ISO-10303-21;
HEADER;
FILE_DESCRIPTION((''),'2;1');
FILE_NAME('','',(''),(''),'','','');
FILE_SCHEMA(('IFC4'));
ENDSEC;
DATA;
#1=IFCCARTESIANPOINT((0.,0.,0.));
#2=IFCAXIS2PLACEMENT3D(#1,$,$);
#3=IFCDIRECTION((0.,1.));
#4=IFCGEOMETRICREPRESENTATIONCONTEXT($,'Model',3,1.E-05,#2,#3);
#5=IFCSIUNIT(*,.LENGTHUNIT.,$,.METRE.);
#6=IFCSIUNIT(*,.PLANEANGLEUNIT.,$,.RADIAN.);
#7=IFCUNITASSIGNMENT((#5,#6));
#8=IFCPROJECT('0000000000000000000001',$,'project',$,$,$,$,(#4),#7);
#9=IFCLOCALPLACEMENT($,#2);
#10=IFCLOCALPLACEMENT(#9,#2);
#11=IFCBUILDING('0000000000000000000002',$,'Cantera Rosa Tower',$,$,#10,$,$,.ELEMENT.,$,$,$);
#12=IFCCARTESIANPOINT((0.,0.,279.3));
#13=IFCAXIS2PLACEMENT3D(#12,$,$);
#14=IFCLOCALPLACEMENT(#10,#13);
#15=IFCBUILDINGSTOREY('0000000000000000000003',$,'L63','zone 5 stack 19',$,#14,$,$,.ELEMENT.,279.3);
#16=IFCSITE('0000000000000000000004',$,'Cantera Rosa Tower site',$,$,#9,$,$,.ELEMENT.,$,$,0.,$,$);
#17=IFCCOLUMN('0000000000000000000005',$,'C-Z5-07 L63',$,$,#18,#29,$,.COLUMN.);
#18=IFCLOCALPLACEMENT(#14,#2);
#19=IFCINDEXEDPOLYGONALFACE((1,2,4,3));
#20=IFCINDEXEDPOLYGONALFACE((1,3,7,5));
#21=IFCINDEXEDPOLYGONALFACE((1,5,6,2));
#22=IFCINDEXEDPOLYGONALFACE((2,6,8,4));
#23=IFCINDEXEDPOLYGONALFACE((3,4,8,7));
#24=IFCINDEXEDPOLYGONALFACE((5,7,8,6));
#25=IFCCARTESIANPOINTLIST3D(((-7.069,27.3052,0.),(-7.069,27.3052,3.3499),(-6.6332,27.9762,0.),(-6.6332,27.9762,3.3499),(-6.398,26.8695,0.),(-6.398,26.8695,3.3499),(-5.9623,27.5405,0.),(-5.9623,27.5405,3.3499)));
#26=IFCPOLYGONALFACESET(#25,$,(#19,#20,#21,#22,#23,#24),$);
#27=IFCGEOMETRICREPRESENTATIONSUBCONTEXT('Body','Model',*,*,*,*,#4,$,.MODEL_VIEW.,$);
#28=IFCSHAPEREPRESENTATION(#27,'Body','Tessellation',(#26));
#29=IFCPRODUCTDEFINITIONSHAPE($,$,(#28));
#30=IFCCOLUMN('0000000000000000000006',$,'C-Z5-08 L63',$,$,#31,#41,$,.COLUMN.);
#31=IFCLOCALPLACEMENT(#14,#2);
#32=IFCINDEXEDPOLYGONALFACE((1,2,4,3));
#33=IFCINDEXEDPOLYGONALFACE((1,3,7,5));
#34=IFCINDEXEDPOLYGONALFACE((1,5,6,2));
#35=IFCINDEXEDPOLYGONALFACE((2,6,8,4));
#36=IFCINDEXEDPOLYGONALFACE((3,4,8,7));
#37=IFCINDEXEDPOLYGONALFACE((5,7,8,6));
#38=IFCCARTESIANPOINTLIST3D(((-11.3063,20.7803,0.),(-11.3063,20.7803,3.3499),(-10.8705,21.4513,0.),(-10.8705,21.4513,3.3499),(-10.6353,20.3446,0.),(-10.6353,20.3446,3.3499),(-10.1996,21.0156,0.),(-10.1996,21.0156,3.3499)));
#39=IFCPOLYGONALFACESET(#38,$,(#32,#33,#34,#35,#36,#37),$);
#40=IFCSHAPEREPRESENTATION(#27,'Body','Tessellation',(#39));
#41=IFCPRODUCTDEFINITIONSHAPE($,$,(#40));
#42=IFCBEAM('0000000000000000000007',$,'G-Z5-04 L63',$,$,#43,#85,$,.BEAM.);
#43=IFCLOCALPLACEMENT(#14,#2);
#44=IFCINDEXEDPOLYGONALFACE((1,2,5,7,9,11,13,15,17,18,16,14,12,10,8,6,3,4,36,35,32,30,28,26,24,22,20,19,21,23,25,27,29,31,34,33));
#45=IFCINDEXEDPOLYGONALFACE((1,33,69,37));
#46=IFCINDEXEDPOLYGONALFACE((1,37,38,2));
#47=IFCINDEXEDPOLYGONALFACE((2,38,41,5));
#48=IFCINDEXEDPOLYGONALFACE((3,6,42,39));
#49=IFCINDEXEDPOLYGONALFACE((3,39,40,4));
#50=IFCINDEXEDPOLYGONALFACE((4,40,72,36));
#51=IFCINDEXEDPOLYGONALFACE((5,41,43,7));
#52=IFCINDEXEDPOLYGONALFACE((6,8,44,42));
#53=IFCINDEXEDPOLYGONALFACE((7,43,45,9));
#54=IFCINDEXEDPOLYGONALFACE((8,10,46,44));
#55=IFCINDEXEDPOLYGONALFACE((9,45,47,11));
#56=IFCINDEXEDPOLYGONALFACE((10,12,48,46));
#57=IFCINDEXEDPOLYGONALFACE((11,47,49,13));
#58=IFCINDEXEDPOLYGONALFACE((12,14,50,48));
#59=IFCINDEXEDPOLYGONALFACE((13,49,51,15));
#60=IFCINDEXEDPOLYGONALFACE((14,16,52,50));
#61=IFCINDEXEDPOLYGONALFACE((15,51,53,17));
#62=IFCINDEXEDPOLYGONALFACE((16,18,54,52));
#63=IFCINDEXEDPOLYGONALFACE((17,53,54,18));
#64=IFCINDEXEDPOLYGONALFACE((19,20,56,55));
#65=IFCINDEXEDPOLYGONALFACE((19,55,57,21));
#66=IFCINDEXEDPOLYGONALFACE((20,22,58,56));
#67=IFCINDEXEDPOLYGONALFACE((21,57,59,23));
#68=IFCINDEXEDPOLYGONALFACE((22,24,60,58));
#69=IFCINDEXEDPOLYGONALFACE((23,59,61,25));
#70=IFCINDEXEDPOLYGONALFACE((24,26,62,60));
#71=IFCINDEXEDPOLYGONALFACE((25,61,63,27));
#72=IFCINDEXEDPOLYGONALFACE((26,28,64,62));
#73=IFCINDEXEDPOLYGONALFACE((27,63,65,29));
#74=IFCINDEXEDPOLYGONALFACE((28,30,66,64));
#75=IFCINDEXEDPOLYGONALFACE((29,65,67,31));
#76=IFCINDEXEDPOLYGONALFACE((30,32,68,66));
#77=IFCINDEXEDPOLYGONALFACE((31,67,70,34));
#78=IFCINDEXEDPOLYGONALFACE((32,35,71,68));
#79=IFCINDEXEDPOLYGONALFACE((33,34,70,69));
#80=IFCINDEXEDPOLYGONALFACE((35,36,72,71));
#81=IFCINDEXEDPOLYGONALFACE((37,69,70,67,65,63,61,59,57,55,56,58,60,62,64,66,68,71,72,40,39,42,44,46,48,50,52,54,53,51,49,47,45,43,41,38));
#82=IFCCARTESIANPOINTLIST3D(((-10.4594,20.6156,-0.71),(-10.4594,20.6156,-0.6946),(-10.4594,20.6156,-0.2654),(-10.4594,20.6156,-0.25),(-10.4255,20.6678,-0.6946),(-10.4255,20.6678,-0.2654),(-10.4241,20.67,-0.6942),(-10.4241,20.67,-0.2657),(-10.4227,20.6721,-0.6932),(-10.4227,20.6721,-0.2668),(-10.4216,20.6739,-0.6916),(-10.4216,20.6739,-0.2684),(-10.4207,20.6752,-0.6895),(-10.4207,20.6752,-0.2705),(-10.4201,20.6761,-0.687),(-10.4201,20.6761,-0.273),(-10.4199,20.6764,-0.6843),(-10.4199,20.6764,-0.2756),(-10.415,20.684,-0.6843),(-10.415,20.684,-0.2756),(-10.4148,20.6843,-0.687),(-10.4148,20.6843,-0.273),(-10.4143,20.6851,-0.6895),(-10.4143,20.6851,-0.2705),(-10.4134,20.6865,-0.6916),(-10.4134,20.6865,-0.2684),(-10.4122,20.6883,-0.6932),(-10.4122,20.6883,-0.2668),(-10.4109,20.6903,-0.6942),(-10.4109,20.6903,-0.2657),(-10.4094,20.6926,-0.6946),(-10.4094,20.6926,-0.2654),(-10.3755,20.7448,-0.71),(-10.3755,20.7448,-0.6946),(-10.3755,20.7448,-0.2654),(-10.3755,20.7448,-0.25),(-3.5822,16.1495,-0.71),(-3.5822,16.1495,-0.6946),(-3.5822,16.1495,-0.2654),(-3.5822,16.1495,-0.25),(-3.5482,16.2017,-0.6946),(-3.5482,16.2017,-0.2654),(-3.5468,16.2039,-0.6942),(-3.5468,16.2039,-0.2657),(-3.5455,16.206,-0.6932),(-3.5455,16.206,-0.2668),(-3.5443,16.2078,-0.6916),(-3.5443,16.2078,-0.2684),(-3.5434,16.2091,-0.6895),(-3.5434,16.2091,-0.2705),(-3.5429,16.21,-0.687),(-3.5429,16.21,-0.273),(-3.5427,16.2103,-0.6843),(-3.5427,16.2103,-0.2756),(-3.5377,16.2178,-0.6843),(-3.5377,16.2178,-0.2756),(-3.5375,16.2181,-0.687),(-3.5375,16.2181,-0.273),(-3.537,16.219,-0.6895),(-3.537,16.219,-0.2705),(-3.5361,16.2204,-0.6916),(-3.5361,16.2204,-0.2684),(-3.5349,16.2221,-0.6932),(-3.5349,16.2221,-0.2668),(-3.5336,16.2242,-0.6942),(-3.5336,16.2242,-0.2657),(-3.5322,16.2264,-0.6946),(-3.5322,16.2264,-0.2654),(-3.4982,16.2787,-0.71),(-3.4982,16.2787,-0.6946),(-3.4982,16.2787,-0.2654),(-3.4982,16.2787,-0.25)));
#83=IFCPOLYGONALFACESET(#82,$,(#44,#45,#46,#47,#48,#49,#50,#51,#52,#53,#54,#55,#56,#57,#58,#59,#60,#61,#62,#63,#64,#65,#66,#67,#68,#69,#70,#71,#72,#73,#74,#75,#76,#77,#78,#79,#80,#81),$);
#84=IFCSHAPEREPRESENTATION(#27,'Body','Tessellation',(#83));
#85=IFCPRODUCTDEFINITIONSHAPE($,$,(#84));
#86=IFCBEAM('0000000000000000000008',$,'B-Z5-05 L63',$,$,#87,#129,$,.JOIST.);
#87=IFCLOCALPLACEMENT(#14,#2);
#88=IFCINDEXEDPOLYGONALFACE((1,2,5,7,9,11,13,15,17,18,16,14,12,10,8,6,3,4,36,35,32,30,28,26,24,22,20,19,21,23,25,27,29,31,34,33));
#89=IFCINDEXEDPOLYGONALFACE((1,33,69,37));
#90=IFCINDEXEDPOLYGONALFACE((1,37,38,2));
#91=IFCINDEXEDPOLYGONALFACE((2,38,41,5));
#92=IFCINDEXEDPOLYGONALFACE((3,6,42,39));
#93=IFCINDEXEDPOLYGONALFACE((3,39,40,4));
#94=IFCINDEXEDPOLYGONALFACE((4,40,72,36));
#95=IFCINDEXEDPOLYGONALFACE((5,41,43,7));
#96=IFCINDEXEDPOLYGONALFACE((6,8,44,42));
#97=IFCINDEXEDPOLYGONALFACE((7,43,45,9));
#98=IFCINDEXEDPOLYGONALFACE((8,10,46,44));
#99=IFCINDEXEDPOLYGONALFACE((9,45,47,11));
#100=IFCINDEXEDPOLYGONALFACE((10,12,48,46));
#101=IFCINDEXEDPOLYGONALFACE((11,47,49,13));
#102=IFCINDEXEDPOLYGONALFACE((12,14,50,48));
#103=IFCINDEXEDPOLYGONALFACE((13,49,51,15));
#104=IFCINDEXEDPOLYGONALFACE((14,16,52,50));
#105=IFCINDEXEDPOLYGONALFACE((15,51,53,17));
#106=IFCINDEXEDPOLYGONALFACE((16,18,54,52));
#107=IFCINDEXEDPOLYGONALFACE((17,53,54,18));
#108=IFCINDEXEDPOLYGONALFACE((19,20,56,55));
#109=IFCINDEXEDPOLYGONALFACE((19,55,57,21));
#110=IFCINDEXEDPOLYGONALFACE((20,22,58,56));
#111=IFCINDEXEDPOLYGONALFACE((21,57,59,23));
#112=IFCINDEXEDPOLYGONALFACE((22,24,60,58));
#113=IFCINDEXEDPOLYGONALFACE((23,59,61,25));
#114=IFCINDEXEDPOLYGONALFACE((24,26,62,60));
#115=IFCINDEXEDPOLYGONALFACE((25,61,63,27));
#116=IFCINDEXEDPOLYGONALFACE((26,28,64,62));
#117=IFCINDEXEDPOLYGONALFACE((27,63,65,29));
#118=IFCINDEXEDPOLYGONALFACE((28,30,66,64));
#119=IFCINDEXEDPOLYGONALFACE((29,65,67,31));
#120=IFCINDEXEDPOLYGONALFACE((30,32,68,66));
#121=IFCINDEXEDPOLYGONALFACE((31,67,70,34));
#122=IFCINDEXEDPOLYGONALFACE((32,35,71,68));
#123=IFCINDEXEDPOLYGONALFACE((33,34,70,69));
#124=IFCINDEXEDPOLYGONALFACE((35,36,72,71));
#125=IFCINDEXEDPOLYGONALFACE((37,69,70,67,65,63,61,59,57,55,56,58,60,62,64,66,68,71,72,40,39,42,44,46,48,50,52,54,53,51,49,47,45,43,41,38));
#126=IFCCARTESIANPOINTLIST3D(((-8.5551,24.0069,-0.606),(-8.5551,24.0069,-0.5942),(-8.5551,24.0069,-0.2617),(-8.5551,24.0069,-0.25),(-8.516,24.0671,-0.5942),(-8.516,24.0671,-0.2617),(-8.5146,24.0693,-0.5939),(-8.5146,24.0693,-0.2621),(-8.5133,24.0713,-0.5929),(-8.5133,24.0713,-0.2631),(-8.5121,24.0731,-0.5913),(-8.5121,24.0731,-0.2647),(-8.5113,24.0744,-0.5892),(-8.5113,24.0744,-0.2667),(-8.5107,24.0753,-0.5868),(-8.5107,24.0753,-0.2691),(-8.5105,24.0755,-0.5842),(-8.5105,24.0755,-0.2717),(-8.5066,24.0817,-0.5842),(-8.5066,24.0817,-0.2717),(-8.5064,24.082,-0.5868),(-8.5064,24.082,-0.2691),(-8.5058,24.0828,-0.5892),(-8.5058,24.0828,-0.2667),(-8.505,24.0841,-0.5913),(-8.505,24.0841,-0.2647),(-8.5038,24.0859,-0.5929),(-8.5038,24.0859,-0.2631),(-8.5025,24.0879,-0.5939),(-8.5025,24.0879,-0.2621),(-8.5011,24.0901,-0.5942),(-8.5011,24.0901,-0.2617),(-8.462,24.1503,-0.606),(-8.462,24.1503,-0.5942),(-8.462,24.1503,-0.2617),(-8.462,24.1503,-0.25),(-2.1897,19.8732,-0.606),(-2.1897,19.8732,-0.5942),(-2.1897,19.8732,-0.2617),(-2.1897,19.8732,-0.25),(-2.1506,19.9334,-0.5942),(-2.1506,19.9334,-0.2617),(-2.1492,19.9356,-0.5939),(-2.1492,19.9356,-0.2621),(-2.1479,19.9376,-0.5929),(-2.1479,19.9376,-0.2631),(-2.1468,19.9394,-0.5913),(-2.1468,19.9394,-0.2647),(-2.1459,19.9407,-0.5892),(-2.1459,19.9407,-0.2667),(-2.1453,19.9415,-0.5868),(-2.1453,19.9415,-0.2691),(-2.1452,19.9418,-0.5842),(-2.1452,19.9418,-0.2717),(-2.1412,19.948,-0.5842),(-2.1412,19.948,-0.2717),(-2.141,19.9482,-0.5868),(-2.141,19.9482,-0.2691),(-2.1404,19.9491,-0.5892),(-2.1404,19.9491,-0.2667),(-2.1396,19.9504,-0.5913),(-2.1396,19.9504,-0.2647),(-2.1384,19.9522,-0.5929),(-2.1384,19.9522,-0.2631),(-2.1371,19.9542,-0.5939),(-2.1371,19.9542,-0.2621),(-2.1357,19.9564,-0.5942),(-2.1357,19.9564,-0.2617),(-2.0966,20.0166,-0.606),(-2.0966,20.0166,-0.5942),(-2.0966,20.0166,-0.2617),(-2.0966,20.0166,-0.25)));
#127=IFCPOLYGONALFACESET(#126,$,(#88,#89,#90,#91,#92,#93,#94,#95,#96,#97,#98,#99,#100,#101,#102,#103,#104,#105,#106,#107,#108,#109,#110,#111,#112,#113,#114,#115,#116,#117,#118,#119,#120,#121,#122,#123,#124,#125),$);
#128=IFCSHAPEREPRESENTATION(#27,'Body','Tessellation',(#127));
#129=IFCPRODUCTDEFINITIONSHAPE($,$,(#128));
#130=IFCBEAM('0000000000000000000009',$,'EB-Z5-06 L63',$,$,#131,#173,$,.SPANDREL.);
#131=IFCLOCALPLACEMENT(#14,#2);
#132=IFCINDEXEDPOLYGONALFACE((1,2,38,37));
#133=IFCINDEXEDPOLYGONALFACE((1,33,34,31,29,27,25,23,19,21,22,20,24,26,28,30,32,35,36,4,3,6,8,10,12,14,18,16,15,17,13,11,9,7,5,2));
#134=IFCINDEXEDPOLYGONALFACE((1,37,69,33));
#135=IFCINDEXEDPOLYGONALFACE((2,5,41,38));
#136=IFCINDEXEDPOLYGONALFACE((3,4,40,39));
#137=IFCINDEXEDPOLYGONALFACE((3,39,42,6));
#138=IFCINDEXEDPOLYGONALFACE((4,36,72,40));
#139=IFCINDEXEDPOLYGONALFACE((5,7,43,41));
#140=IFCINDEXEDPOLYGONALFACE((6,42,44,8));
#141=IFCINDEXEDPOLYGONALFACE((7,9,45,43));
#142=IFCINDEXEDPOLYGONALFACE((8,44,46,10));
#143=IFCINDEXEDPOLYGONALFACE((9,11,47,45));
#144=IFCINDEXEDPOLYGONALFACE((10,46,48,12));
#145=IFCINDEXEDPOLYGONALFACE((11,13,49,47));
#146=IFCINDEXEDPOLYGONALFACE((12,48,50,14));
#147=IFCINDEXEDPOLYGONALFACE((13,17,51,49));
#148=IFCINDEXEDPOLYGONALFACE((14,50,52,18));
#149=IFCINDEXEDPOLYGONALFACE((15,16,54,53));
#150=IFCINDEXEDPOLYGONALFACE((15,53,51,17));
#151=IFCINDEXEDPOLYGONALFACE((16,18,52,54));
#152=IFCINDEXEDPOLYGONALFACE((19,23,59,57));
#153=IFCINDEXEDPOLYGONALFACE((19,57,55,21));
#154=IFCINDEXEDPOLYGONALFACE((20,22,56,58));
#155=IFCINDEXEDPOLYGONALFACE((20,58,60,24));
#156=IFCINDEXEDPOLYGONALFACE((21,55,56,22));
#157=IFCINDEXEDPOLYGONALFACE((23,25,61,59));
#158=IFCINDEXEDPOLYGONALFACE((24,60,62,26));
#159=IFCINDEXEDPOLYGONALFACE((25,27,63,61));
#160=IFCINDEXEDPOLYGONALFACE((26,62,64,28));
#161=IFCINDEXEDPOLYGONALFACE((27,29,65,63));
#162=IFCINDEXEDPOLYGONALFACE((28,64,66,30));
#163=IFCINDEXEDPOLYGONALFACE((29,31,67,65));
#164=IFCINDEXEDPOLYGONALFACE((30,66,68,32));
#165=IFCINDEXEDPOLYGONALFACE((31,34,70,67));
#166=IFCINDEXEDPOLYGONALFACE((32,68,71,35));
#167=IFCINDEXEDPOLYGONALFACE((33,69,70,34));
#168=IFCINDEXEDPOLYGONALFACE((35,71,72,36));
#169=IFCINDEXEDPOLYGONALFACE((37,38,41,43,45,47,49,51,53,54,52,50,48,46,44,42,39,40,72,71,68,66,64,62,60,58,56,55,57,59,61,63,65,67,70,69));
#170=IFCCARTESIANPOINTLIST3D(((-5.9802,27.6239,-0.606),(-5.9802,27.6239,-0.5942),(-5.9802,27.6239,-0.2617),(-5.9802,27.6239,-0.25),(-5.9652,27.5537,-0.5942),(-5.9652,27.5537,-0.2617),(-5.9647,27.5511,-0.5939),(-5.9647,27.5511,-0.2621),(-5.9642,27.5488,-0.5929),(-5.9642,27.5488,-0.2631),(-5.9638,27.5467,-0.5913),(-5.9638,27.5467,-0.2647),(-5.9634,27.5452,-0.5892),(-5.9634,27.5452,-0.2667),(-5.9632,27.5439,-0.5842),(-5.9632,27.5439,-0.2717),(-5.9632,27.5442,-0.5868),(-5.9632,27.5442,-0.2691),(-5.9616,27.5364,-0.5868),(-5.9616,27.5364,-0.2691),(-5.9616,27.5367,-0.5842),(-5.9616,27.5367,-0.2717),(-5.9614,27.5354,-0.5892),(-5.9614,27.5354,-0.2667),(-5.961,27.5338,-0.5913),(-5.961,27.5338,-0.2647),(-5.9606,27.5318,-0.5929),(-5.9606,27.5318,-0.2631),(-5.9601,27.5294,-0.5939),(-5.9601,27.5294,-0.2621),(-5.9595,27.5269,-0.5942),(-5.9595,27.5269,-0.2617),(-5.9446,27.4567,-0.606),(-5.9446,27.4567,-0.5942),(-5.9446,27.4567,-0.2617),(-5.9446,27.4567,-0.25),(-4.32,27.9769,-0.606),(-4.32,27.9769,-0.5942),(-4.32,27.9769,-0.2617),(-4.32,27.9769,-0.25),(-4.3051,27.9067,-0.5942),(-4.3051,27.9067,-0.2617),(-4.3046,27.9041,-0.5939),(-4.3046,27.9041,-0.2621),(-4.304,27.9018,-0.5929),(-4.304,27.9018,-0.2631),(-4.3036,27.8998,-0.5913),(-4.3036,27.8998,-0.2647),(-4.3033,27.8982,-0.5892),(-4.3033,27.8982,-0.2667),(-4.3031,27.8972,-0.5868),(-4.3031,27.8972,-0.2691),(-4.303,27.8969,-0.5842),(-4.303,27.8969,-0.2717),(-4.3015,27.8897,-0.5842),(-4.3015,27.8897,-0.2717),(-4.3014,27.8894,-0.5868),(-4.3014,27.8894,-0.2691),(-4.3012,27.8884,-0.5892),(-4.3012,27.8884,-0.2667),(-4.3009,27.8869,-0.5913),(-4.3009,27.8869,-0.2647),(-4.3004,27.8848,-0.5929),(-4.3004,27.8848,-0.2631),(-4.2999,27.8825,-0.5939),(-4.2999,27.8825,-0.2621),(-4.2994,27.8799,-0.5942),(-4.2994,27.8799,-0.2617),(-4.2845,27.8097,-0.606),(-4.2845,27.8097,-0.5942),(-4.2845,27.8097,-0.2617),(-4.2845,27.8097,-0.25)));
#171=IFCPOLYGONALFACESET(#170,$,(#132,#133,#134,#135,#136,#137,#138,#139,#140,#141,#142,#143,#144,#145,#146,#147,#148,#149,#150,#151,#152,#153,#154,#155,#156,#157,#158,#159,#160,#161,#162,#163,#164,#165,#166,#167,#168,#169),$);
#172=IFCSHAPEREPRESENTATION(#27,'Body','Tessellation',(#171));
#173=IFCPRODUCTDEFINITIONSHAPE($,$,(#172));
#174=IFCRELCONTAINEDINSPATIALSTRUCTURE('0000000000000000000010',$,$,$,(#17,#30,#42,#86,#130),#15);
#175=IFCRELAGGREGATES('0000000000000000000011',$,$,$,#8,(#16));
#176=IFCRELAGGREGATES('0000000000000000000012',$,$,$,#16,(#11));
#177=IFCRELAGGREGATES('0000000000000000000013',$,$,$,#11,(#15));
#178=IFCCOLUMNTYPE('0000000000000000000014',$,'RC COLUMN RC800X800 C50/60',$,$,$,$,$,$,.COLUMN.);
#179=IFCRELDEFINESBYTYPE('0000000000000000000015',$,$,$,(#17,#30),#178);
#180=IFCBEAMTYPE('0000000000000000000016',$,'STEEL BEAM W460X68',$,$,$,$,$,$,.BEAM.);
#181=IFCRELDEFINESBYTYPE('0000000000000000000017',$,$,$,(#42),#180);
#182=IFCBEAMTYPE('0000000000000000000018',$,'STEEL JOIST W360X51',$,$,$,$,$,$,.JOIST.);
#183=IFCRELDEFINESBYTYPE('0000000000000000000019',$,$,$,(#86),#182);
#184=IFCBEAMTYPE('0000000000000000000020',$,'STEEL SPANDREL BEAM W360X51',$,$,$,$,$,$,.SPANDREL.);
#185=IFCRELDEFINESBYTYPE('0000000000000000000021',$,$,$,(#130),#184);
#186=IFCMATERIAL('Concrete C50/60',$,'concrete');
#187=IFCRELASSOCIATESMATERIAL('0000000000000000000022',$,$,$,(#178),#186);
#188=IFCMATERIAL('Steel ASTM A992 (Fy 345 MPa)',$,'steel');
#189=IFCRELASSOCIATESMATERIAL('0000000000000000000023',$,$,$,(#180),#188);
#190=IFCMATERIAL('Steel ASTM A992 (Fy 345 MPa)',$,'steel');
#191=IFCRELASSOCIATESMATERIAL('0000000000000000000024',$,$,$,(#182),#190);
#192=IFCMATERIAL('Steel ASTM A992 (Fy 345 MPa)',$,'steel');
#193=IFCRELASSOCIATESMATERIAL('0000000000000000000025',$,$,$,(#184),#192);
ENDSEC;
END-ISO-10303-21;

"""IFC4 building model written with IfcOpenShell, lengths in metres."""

from ifc_helpers import new_model, si_unit, direction, frame, origin, origin_2d, place, context, subcontext, project, spatial, rectangle, i_section, extrude, material, material_profile, profile_set, type_object, element, save


model = new_model("IFC4")

# Units and contexts
model_context = context("Model", 3, precision=1e-05, world=origin(), true_north=direction((0.0, 1.0)))
body_context = subcontext(model_context, "Body", "Model", "MODEL_VIEW")
ifc_project = project(units=[si_unit("LENGTHUNIT", "METRE"), si_unit("PLANEANGLEUNIT", "RADIAN")], contexts=[model_context])

# Site, building, storey
site_placement = place(None, origin())
site = spatial("IfcSite", under=ifc_project, at=site_placement, Name="Cantera Rosa Tower site", CompositionType="ELEMENT", RefElevation=0.0)
building_placement = place(site_placement, origin())
building = spatial("IfcBuilding", under=site, at=building_placement, Name="Cantera Rosa Tower", CompositionType="ELEMENT")
storey_placement = place(building_placement, frame((0.0, 0.0, 279.3)))
storey = spatial("IfcBuildingStorey", under=building, at=storey_placement, Name="L63", Description="zone 5 stack 19", CompositionType="ELEMENT", Elevation=279.3)

# Columns
ifc_material_1 = material(Name="Concrete C50/60", Category="concrete")
ifc_material_profile_1 = material_profile(ifc_material_1, rectangle(XDim=0.8, YDim=0.8, at=origin_2d()), Name="RC COLUMN RC800X800 C50/60")
ifc_profile_set_1 = profile_set([ifc_material_profile_1], Name="Concrete C50/60")
column_type = type_object("IfcColumnType", Name="RC COLUMN RC800X800 C50/60", PredefinedType="COLUMN", material=ifc_profile_set_1)
for number, where, z_axis, x_axis, name in (
    (1, (-6.5156, 27.4229, 0.0), (0.0, 0.0, 1.0), (0.544639, 0.838671, 0.0), "C-Z5-07 L63"),
    (2, (-10.7529, 20.8979, 0.0), (0.0, 0.0, 1.0), (0.544639, 0.838671, 0.0), "C-Z5-08 L63"),
):
    element("IfcColumn", number, at=place(storey_placement, frame(where, z_axis=z_axis, x_axis=x_axis)), inside=storey, type_object=column_type, Name=name, PredefinedType="COLUMN", context=body_context, shape_type="SweptSolid", body=[
        extrude(rectangle(XDim=0.8, YDim=0.8, at=origin_2d()), origin(), (0.0, 0.0, 1.0), 3.3499),
    ])

# Beams
ifc_material_2 = material(Name="Steel ASTM A992 (Fy 345 MPa)", Category="steel")
ifc_material_profile_2 = material_profile(ifc_material_2, i_section(OverallWidth=0.1541, OverallDepth=0.46, WebThickness=0.009, FlangeThickness=0.0154, FilletRadius=0.0103, at=origin_2d()), Name="W460X68")
ifc_profile_set_2 = profile_set([ifc_material_profile_2], Name="Steel ASTM A992 (Fy 345 MPa)")
beam_type_1 = type_object("IfcBeamType", Name="STEEL BEAM W460X68", PredefinedType="BEAM", material=ifc_profile_set_2)
beam_1_placement = place(storey_placement, frame((-10.4175, 20.6802, -0.48), z_axis=(0.838673, -0.544636, 0.0), x_axis=(0.544636, 0.838673, 0.0)))
element("IfcBeam", 3, at=beam_1_placement, inside=storey, type_object=beam_type_1, Name="G-Z5-04 L63", PredefinedType="BEAM", context=body_context, shape_type="SweptSolid", body=[
    extrude(i_section(OverallWidth=0.1541, OverallDepth=0.46, WebThickness=0.009, FlangeThickness=0.0154, FilletRadius=0.0103, at=origin_2d()), origin(), (0.0, 0.0, 1.0), 8.2002),
])
ifc_material_3 = material(Name="Steel ASTM A992 (Fy 345 MPa)", Category="steel")
ifc_material_profile_3 = material_profile(ifc_material_3, i_section(OverallWidth=0.1709, OverallDepth=0.356, WebThickness=0.0073, FlangeThickness=0.0117, FilletRadius=0.01, at=origin_2d()), Name="W360X51")
ifc_profile_set_3 = profile_set([ifc_material_profile_3], Name="Steel ASTM A992 (Fy 345 MPa)")
beam_type_2 = type_object("IfcBeamType", Name="STEEL JOIST W360X51", PredefinedType="JOIST", material=ifc_profile_set_3)
beam_2_placement = place(storey_placement, frame((-8.5085, 24.0786, -0.428), z_axis=(0.838671, -0.544639, 0.0), x_axis=(0.544639, 0.838671, 0.0)))
element("IfcBeam", 4, at=beam_2_placement, inside=storey, type_object=beam_type_2, Name="B-Z5-05 L63", PredefinedType="JOIST", context=body_context, shape_type="SweptSolid", body=[
    extrude(i_section(OverallWidth=0.1709, OverallDepth=0.356, WebThickness=0.0073, FlangeThickness=0.0117, FilletRadius=0.01, at=origin_2d()), origin(), (0.0, 0.0, 1.0), 7.5898),
])
ifc_material_4 = material(Name="Steel ASTM A992 (Fy 345 MPa)", Category="steel")
ifc_material_profile_4 = material_profile(ifc_material_4, i_section(OverallWidth=0.1709, OverallDepth=0.356, WebThickness=0.0073, FlangeThickness=0.0117, FilletRadius=0.01, at=origin_2d()), Name="W360X51")
ifc_profile_set_4 = profile_set([ifc_material_profile_4], Name="Steel ASTM A992 (Fy 345 MPa)")
beam_type_3 = type_object("IfcBeamType", Name="STEEL SPANDREL BEAM W360X51", PredefinedType="SPANDREL", material=ifc_profile_set_4)
beam_3_placement = place(storey_placement, frame((-4.3022, 27.8933, -0.428), z_axis=(-0.97813, -0.207996, 0.0), x_axis=(0.207996, -0.97813, 0.0)))
element("IfcBeam", 5, at=beam_3_placement, inside=storey, type_object=beam_type_3, Name="EB-Z5-06 L63", PredefinedType="SPANDREL", context=body_context, shape_type="SweptSolid", body=[
    extrude(i_section(OverallWidth=0.1709, OverallDepth=0.356, WebThickness=0.0073, FlangeThickness=0.0117, FilletRadius=0.01, at=origin_2d()), origin(), (0.0, 0.0, 1.0), 1.6973),
])

save(model, "model.ifc")
